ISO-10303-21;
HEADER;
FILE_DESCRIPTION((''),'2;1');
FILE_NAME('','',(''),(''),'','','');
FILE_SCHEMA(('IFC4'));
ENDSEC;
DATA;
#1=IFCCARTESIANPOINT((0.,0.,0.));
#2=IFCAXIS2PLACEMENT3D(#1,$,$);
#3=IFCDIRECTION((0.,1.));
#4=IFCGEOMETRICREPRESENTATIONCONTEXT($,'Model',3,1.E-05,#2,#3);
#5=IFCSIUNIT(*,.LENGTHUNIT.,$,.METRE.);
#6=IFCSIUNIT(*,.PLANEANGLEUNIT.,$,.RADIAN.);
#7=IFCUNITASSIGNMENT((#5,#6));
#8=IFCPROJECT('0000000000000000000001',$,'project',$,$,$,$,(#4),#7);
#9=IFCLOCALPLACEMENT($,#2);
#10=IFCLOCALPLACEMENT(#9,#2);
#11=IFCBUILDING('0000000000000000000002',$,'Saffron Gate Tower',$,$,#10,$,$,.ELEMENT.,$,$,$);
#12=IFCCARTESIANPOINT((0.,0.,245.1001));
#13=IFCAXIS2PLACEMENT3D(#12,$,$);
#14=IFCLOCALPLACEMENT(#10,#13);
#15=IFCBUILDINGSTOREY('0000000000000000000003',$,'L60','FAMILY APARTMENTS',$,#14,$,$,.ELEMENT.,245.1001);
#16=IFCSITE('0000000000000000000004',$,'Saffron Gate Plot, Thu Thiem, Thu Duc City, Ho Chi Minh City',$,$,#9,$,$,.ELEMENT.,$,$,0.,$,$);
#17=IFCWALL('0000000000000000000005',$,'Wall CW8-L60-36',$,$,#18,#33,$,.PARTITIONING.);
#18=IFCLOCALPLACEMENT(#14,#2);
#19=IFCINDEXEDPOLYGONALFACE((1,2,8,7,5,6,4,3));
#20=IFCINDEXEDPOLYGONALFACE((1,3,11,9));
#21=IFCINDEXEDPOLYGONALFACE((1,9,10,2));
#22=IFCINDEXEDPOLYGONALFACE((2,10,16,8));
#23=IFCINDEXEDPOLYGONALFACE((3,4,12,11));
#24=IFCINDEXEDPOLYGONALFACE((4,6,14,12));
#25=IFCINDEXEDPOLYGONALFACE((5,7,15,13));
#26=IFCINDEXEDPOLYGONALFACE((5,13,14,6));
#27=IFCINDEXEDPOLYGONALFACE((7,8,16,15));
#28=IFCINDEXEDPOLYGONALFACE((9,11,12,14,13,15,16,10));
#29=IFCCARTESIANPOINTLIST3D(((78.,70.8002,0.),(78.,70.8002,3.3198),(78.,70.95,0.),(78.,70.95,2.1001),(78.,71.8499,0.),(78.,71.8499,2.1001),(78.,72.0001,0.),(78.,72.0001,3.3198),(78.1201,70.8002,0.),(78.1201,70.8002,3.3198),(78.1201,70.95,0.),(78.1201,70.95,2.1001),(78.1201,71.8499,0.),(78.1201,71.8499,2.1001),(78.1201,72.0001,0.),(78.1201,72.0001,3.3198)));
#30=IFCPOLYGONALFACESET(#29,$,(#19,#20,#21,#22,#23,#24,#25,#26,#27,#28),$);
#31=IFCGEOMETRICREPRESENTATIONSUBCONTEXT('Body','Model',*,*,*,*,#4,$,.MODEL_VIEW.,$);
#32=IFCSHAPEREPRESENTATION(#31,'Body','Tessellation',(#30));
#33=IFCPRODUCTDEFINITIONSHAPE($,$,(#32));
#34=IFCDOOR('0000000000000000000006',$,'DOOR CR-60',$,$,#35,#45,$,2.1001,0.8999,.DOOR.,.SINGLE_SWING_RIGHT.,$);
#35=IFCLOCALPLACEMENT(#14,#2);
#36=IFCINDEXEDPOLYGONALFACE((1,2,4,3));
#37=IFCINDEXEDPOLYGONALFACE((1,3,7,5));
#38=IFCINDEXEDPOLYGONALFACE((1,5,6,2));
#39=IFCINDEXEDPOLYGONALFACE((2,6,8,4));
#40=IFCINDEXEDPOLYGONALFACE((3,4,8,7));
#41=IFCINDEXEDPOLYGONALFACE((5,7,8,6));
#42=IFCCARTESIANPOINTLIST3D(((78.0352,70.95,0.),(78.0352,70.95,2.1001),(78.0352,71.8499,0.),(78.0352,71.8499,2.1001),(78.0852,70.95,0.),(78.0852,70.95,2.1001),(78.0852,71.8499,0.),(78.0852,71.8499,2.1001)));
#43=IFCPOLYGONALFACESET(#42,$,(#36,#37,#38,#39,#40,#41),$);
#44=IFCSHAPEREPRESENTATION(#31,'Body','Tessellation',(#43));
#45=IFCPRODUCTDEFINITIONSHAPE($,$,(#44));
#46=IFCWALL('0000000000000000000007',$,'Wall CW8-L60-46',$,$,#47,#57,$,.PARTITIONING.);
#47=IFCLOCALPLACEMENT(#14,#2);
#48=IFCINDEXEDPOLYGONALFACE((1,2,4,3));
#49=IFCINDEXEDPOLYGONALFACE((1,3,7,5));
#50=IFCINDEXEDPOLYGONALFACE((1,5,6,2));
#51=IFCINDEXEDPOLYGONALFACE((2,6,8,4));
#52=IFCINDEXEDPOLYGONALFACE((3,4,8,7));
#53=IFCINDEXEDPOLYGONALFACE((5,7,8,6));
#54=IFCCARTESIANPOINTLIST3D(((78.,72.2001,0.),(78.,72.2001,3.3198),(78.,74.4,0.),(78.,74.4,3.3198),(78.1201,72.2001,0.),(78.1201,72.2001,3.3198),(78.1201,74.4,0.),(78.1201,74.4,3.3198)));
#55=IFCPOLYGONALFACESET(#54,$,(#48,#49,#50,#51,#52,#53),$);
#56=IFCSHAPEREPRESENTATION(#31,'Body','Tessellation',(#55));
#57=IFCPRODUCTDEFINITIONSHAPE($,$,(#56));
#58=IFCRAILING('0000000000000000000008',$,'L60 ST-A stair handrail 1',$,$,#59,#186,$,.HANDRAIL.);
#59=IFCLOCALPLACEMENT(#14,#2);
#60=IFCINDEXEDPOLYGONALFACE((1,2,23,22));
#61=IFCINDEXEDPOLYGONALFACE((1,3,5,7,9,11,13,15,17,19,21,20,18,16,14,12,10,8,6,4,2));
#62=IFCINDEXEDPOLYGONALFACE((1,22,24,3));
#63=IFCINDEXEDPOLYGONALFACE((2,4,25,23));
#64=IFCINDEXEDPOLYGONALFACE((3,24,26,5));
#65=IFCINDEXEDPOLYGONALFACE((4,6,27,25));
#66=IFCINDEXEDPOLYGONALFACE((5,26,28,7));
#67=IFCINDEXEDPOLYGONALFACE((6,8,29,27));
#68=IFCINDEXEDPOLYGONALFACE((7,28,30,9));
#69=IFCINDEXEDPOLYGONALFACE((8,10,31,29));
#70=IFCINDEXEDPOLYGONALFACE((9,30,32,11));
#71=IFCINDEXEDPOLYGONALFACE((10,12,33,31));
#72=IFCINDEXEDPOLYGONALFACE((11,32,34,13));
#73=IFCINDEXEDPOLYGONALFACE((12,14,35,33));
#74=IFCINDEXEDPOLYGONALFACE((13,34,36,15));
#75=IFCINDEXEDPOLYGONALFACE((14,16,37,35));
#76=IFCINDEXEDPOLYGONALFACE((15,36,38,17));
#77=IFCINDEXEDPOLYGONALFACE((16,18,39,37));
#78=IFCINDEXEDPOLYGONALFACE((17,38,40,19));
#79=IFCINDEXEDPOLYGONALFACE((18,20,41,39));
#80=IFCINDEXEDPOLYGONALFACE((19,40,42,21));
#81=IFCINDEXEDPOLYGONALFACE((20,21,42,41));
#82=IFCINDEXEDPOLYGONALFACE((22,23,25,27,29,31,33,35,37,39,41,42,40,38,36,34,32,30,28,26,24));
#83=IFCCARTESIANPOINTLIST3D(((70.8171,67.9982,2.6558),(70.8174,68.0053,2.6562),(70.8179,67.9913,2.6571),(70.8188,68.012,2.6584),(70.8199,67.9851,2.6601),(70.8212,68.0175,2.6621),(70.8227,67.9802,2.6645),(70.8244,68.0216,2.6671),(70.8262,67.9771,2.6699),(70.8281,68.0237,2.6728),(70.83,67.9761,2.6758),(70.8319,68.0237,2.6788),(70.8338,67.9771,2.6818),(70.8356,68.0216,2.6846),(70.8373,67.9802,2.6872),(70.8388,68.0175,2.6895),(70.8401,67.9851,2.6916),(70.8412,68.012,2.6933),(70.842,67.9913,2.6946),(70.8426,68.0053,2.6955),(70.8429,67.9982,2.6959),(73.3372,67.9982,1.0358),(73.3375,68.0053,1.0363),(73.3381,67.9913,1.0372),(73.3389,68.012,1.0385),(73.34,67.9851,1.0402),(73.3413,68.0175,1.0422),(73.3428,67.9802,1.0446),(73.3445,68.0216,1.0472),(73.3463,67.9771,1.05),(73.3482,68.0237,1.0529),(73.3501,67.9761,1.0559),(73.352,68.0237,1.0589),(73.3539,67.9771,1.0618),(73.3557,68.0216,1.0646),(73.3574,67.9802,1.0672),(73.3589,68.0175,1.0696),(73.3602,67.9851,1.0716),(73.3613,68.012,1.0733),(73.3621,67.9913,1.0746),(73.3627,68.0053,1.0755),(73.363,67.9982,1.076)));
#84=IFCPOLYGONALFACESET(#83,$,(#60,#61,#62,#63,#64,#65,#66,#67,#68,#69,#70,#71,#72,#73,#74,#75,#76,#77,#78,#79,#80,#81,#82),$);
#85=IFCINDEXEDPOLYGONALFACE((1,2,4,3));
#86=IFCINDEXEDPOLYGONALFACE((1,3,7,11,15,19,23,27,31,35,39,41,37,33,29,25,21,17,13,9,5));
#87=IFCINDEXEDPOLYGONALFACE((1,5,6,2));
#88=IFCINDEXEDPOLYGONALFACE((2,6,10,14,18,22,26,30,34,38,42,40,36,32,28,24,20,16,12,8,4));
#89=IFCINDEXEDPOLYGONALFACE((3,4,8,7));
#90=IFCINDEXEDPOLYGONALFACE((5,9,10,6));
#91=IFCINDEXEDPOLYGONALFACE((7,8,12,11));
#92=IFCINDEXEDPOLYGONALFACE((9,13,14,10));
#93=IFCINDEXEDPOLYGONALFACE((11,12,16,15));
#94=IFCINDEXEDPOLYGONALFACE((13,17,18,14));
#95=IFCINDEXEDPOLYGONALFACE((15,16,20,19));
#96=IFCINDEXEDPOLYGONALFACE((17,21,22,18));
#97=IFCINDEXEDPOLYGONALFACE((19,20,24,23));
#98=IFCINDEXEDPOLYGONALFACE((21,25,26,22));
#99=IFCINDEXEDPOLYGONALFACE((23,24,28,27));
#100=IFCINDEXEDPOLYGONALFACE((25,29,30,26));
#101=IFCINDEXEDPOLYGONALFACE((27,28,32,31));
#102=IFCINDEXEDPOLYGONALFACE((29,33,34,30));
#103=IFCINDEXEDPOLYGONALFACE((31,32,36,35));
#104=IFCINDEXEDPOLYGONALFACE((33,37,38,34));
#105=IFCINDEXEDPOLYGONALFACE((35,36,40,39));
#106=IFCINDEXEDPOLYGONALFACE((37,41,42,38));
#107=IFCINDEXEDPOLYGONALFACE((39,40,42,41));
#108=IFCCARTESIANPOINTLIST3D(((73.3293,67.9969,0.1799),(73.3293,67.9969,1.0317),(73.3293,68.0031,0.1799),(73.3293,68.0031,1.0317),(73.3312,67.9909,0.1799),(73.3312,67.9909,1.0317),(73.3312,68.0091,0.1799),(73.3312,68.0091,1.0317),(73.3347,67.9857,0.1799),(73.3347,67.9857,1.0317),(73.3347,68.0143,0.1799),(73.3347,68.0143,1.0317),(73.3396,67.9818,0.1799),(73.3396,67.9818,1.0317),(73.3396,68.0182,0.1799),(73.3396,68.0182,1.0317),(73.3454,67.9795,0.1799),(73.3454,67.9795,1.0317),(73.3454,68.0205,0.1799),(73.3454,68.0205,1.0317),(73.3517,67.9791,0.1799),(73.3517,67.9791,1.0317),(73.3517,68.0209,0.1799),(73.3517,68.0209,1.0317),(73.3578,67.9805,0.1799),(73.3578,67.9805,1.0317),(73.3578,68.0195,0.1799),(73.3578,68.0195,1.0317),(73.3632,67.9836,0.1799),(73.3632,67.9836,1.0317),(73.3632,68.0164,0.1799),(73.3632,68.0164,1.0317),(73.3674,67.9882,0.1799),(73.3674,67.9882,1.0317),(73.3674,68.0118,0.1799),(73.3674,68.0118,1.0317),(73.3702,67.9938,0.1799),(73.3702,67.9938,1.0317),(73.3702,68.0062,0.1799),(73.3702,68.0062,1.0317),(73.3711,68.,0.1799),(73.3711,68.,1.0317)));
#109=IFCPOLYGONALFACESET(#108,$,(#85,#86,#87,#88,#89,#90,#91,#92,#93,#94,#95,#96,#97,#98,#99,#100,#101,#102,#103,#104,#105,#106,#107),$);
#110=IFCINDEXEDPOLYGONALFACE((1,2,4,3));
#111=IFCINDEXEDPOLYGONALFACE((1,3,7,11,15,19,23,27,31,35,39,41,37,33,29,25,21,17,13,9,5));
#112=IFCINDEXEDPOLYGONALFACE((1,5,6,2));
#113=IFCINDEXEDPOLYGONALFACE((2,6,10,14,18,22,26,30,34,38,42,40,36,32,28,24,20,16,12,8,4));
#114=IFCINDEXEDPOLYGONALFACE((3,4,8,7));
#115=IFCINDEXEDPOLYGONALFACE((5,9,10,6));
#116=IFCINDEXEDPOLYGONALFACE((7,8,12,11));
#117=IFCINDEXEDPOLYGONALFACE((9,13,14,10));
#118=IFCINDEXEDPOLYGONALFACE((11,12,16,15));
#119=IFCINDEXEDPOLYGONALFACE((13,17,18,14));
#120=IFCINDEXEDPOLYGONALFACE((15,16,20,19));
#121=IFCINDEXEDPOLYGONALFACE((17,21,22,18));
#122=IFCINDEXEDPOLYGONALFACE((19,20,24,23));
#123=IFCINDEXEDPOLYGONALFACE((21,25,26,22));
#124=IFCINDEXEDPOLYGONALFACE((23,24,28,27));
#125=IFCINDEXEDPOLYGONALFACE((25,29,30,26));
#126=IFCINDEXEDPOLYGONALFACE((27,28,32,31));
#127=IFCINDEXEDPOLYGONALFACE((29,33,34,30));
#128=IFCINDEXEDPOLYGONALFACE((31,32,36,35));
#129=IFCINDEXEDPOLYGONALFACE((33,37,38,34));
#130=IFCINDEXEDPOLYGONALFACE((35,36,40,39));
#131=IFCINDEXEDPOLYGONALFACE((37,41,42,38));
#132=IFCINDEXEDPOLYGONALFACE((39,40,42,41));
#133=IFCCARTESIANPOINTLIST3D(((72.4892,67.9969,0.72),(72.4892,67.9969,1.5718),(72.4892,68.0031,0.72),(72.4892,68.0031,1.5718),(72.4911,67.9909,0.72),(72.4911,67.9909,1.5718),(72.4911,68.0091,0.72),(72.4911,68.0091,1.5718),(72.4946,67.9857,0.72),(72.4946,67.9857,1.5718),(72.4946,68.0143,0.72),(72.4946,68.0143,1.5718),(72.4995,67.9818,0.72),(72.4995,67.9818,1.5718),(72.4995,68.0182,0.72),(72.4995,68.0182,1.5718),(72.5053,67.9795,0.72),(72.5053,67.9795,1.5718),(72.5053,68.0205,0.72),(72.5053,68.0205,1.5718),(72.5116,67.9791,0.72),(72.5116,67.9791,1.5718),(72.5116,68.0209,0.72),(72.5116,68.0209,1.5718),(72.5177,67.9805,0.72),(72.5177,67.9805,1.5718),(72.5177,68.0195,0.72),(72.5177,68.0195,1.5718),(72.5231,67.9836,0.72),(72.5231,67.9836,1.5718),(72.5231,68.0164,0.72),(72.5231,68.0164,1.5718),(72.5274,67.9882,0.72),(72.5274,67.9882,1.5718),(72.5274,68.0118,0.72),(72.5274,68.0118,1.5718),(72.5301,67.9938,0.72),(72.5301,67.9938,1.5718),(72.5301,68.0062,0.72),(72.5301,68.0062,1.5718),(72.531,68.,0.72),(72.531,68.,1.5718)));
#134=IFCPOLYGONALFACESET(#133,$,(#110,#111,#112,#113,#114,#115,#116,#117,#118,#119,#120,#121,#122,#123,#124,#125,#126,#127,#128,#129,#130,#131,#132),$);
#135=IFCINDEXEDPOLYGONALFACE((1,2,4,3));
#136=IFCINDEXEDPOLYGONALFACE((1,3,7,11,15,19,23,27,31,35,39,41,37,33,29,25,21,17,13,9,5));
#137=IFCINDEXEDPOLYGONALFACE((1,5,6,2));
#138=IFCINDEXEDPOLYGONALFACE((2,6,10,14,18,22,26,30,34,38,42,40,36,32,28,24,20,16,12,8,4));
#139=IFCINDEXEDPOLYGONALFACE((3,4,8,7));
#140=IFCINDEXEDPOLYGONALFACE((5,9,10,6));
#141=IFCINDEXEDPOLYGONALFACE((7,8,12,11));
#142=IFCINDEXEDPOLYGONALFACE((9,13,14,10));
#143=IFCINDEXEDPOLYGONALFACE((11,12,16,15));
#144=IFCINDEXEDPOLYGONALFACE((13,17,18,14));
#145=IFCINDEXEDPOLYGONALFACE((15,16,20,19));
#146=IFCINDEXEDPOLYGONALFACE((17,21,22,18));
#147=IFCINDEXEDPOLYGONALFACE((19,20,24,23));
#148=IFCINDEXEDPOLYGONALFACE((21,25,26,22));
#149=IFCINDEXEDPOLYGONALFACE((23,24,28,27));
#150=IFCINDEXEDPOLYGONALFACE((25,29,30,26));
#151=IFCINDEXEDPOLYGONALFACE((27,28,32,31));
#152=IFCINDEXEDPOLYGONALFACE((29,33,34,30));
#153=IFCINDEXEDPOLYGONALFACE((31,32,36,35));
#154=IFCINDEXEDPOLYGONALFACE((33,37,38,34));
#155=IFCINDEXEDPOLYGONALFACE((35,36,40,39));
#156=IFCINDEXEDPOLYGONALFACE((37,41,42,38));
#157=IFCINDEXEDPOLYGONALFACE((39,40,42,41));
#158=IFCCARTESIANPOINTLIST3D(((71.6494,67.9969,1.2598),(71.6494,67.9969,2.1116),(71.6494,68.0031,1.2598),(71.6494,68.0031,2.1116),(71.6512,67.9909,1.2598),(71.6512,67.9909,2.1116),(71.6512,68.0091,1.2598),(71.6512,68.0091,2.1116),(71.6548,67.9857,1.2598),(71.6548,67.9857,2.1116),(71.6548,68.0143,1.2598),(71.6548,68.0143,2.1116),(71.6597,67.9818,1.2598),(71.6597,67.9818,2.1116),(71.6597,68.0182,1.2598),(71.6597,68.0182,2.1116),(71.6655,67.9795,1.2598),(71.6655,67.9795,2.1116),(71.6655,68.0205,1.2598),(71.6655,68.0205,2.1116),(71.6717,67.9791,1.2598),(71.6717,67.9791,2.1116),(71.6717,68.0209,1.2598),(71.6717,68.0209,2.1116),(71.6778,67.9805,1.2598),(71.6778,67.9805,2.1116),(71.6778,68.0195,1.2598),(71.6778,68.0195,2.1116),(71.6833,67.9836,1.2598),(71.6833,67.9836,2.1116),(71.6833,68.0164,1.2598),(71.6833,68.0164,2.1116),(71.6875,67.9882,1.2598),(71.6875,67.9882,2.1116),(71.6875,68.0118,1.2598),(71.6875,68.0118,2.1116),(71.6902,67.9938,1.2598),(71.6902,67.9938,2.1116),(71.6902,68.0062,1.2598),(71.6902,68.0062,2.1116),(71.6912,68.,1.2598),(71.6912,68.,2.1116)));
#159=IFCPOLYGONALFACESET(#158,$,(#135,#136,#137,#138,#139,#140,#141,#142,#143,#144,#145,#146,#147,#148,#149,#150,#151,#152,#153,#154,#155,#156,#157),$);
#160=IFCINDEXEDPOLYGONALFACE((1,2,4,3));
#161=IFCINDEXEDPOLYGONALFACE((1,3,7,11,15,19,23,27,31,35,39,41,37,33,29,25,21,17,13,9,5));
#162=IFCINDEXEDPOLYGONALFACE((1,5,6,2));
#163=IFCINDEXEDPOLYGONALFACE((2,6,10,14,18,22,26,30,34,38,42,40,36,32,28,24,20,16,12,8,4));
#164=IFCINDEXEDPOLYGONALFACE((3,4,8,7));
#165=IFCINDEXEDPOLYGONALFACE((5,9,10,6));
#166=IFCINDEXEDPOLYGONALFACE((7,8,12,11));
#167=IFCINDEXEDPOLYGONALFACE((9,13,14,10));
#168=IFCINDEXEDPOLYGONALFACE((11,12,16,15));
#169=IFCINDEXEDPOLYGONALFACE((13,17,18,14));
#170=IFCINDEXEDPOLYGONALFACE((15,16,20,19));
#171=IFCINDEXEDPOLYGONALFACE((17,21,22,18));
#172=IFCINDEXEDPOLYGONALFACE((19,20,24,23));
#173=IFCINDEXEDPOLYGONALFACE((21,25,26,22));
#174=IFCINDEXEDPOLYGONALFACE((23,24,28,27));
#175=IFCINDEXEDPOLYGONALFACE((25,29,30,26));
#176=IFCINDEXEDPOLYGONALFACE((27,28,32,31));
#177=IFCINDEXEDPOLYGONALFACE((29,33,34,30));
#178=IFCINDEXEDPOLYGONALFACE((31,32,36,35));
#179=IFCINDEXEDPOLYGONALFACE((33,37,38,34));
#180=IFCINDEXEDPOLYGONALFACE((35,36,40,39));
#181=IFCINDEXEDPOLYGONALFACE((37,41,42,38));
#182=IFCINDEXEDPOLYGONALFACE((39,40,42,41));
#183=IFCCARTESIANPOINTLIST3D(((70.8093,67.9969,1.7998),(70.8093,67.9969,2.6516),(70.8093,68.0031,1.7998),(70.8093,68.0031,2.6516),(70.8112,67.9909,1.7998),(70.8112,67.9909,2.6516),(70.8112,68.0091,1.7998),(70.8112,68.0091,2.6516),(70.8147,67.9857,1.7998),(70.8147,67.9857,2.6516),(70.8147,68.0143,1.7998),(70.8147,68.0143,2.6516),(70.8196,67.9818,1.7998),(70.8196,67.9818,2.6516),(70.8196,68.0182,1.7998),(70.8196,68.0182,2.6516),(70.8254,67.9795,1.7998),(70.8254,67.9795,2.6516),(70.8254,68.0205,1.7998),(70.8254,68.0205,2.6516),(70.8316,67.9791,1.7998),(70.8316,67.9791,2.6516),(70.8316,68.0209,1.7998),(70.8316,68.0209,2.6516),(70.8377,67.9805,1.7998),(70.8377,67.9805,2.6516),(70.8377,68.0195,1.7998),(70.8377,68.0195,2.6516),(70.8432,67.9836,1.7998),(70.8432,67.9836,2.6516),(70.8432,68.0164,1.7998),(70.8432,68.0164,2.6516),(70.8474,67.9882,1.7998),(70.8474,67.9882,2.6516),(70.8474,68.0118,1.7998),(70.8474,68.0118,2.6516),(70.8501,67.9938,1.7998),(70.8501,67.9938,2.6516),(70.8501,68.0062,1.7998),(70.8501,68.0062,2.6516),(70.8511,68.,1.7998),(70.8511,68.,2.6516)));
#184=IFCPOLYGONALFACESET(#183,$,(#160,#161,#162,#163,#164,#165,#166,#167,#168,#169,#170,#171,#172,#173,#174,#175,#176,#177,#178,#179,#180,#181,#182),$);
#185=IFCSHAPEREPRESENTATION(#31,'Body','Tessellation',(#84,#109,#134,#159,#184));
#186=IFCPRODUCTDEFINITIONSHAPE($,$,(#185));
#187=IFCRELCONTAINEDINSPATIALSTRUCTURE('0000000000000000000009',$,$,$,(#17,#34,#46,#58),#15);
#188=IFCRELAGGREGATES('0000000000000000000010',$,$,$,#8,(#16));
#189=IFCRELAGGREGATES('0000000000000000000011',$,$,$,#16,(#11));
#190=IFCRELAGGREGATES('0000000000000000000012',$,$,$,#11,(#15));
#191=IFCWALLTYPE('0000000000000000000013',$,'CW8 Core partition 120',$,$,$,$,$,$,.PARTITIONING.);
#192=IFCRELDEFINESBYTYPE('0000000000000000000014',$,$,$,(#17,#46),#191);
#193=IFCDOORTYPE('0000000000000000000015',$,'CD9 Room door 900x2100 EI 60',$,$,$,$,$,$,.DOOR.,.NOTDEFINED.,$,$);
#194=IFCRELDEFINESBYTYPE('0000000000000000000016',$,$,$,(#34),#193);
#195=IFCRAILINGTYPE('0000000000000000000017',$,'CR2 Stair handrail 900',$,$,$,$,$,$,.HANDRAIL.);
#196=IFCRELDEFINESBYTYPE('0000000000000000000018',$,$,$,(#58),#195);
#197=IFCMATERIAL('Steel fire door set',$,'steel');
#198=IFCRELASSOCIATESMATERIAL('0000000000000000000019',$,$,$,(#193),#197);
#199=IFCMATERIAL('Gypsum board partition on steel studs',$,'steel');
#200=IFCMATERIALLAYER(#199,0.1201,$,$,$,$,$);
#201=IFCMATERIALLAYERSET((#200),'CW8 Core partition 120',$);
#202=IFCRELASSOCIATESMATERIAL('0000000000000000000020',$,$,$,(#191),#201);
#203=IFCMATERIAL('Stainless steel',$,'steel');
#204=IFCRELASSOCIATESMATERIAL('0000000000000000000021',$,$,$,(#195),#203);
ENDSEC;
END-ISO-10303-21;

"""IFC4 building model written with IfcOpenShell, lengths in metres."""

from ifc_helpers import new_model, si_unit, direction, frame, frame_2d, origin, origin_2d, place, context, subcontext, project, spatial, rectangle, circle, extrude, material, layer, layer_set, type_object, element, fill, save


model = new_model("IFC4")

# Units and contexts
model_context = context("Model", 3, precision=1e-05, world=origin(), true_north=direction((0.0, 1.0)))
body_context = subcontext(model_context, "Body", "Model", "MODEL_VIEW")
ifc_project = project(units=[si_unit("LENGTHUNIT", "METRE"), si_unit("PLANEANGLEUNIT", "RADIAN")], contexts=[model_context])

# Site, building, storey
site_placement = place(None, origin())
site = spatial("IfcSite", under=ifc_project, at=site_placement, Name="Saffron Gate Plot, Thu Thiem, Thu Duc City, Ho Chi Minh City", CompositionType="ELEMENT", RefElevation=0.0)
building_placement = place(site_placement, origin())
building = spatial("IfcBuilding", under=site, at=building_placement, Name="Saffron Gate Tower", CompositionType="ELEMENT")
storey_placement = place(building_placement, frame((0.0, 0.0, 245.1001)))
storey = spatial("IfcBuildingStorey", under=building, at=storey_placement, Name="L60", Description="FAMILY APARTMENTS", CompositionType="ELEMENT", Elevation=245.1001)

# Shared definitions
ifc_material_1 = material(Name="Steel fire door set", Category="steel")
door_type_1 = type_object("IfcDoorType", Name="CD9 Room door 900x2100 EI 60", OperationType="NOTDEFINED", PredefinedType="DOOR", material=ifc_material_1)

# Shared definitions
ifc_material_2 = material(Name="Gypsum board partition on steel studs", Category="steel")
ifc_layer_1 = layer(ifc_material_2, 0.1201)
ifc_layer_set_1 = layer_set([ifc_layer_1], Name="CW8 Core partition 120")
wall_type_1 = type_object("IfcWallType", Name="CW8 Core partition 120", PredefinedType="PARTITIONING", material=ifc_layer_set_1)

# Wall, opening, door
wall_1_placement = place(storey_placement, frame((78.0601, 70.8, 0.0), z_axis=(0.0, 0.0, 1.0), x_axis=(0.0, 1.0, 0.0)))
wall_1 = element("IfcWall", 1, at=wall_1_placement, inside=storey, type_object=wall_type_1, Name="Wall CW8-L60-36", PredefinedType="PARTITIONING", context=body_context, shape_type="SweptSolid", body=[
    extrude(rectangle(XDim=1.2, YDim=0.1201, at=frame_2d((0.6001, 0.0))), origin(), (0.0, 0.0, 1.0), 3.3198),
])
opening_1_placement = place(wall_1_placement, frame((0.1499, 0.0, 0.0)))
opening_1 = element("IfcOpeningElement", 2, at=opening_1_placement, cuts=wall_1, PredefinedType="OPENING", context=body_context, shape_type="SweptSolid", body=[
    extrude(rectangle(XDim=0.8999, YDim=2.1001, at=frame_2d((0.45, 1.05))), frame((0.0, 0.0701, 0.0), z_axis=(0.0, -1.0, 0.0), x_axis=(1.0, 0.0, 0.0)), (0.0, 0.0, 1.0), 0.1401),
])
door_1_placement = place(opening_1_placement, origin())
door_1 = element("IfcDoor", 3, at=door_1_placement, inside=storey, type_object=door_type_1, Name="DOOR CR-60", OperationType="SINGLE_SWING_RIGHT", OverallHeight=2.1001, OverallWidth=0.8999, PredefinedType="DOOR", context=body_context, shape_type="SweptSolid", body=[
    extrude(rectangle(XDim=0.8999, YDim=2.1001, at=frame_2d((0.45, 1.05))), frame((0.0, 0.0249, 0.0), z_axis=(0.0, -1.0, 0.0), x_axis=(1.0, 0.0, 0.0)), (0.0, 0.0, 1.0), 0.05),
])
fill(opening_1, door_1)

# Wall
wall_2_placement = place(storey_placement, frame((78.0601, 72.2, 0.0), z_axis=(0.0, 0.0, 1.0), x_axis=(0.0, 1.0, 0.0)))
element("IfcWall", 4, at=wall_2_placement, inside=storey, type_object=wall_type_1, Name="Wall CW8-L60-46", PredefinedType="PARTITIONING", context=body_context, shape_type="SweptSolid", body=[
    extrude(rectangle(XDim=2.2, YDim=0.1201, at=frame_2d((1.1001, 0.0))), origin(), (0.0, 0.0, 1.0), 3.3198),
])

# Railing
ifc_material_3 = material(Name="Stainless steel", Category="steel")
railing_type = type_object("IfcRailingType", Name="CR2 Stair handrail 900", PredefinedType="HANDRAIL", material=ifc_material_3)
railing_placement = place(storey_placement, frame((73.3501, 68.0, 0.1799)))
element("IfcRailing", 5, at=railing_placement, inside=storey, type_object=railing_type, Name="L60 ST-A stair handrail 1", PredefinedType="HANDRAIL", context=body_context, shape_type="SweptSolid", body=[
    extrude(circle(Radius=0.0239, at=origin_2d()), frame((0.0, 0.0, 0.876), z_axis=(-0.8412, 0.0, 0.540725), x_axis=(0.0, -1.0, 0.0)), (0.0, 0.0, 1.0), 2.9958),
    extrude(circle(Radius=0.021, at=origin_2d()), origin(), (0.0, 0.0, 1.0), 0.8518),
    extrude(circle(Radius=0.021, at=origin_2d()), frame((-0.8401, 0.0, 0.54)), (0.0, 0.0, 1.0), 0.8518),
    extrude(circle(Radius=0.021, at=origin_2d()), frame((-1.6799, 0.0, 1.0798)), (0.0, 0.0, 1.0), 0.8518),
    extrude(circle(Radius=0.021, at=origin_2d()), frame((-2.52, 0.0, 1.6199)), (0.0, 0.0, 1.0), 0.8518),
])

save(model, "model.ifc")
